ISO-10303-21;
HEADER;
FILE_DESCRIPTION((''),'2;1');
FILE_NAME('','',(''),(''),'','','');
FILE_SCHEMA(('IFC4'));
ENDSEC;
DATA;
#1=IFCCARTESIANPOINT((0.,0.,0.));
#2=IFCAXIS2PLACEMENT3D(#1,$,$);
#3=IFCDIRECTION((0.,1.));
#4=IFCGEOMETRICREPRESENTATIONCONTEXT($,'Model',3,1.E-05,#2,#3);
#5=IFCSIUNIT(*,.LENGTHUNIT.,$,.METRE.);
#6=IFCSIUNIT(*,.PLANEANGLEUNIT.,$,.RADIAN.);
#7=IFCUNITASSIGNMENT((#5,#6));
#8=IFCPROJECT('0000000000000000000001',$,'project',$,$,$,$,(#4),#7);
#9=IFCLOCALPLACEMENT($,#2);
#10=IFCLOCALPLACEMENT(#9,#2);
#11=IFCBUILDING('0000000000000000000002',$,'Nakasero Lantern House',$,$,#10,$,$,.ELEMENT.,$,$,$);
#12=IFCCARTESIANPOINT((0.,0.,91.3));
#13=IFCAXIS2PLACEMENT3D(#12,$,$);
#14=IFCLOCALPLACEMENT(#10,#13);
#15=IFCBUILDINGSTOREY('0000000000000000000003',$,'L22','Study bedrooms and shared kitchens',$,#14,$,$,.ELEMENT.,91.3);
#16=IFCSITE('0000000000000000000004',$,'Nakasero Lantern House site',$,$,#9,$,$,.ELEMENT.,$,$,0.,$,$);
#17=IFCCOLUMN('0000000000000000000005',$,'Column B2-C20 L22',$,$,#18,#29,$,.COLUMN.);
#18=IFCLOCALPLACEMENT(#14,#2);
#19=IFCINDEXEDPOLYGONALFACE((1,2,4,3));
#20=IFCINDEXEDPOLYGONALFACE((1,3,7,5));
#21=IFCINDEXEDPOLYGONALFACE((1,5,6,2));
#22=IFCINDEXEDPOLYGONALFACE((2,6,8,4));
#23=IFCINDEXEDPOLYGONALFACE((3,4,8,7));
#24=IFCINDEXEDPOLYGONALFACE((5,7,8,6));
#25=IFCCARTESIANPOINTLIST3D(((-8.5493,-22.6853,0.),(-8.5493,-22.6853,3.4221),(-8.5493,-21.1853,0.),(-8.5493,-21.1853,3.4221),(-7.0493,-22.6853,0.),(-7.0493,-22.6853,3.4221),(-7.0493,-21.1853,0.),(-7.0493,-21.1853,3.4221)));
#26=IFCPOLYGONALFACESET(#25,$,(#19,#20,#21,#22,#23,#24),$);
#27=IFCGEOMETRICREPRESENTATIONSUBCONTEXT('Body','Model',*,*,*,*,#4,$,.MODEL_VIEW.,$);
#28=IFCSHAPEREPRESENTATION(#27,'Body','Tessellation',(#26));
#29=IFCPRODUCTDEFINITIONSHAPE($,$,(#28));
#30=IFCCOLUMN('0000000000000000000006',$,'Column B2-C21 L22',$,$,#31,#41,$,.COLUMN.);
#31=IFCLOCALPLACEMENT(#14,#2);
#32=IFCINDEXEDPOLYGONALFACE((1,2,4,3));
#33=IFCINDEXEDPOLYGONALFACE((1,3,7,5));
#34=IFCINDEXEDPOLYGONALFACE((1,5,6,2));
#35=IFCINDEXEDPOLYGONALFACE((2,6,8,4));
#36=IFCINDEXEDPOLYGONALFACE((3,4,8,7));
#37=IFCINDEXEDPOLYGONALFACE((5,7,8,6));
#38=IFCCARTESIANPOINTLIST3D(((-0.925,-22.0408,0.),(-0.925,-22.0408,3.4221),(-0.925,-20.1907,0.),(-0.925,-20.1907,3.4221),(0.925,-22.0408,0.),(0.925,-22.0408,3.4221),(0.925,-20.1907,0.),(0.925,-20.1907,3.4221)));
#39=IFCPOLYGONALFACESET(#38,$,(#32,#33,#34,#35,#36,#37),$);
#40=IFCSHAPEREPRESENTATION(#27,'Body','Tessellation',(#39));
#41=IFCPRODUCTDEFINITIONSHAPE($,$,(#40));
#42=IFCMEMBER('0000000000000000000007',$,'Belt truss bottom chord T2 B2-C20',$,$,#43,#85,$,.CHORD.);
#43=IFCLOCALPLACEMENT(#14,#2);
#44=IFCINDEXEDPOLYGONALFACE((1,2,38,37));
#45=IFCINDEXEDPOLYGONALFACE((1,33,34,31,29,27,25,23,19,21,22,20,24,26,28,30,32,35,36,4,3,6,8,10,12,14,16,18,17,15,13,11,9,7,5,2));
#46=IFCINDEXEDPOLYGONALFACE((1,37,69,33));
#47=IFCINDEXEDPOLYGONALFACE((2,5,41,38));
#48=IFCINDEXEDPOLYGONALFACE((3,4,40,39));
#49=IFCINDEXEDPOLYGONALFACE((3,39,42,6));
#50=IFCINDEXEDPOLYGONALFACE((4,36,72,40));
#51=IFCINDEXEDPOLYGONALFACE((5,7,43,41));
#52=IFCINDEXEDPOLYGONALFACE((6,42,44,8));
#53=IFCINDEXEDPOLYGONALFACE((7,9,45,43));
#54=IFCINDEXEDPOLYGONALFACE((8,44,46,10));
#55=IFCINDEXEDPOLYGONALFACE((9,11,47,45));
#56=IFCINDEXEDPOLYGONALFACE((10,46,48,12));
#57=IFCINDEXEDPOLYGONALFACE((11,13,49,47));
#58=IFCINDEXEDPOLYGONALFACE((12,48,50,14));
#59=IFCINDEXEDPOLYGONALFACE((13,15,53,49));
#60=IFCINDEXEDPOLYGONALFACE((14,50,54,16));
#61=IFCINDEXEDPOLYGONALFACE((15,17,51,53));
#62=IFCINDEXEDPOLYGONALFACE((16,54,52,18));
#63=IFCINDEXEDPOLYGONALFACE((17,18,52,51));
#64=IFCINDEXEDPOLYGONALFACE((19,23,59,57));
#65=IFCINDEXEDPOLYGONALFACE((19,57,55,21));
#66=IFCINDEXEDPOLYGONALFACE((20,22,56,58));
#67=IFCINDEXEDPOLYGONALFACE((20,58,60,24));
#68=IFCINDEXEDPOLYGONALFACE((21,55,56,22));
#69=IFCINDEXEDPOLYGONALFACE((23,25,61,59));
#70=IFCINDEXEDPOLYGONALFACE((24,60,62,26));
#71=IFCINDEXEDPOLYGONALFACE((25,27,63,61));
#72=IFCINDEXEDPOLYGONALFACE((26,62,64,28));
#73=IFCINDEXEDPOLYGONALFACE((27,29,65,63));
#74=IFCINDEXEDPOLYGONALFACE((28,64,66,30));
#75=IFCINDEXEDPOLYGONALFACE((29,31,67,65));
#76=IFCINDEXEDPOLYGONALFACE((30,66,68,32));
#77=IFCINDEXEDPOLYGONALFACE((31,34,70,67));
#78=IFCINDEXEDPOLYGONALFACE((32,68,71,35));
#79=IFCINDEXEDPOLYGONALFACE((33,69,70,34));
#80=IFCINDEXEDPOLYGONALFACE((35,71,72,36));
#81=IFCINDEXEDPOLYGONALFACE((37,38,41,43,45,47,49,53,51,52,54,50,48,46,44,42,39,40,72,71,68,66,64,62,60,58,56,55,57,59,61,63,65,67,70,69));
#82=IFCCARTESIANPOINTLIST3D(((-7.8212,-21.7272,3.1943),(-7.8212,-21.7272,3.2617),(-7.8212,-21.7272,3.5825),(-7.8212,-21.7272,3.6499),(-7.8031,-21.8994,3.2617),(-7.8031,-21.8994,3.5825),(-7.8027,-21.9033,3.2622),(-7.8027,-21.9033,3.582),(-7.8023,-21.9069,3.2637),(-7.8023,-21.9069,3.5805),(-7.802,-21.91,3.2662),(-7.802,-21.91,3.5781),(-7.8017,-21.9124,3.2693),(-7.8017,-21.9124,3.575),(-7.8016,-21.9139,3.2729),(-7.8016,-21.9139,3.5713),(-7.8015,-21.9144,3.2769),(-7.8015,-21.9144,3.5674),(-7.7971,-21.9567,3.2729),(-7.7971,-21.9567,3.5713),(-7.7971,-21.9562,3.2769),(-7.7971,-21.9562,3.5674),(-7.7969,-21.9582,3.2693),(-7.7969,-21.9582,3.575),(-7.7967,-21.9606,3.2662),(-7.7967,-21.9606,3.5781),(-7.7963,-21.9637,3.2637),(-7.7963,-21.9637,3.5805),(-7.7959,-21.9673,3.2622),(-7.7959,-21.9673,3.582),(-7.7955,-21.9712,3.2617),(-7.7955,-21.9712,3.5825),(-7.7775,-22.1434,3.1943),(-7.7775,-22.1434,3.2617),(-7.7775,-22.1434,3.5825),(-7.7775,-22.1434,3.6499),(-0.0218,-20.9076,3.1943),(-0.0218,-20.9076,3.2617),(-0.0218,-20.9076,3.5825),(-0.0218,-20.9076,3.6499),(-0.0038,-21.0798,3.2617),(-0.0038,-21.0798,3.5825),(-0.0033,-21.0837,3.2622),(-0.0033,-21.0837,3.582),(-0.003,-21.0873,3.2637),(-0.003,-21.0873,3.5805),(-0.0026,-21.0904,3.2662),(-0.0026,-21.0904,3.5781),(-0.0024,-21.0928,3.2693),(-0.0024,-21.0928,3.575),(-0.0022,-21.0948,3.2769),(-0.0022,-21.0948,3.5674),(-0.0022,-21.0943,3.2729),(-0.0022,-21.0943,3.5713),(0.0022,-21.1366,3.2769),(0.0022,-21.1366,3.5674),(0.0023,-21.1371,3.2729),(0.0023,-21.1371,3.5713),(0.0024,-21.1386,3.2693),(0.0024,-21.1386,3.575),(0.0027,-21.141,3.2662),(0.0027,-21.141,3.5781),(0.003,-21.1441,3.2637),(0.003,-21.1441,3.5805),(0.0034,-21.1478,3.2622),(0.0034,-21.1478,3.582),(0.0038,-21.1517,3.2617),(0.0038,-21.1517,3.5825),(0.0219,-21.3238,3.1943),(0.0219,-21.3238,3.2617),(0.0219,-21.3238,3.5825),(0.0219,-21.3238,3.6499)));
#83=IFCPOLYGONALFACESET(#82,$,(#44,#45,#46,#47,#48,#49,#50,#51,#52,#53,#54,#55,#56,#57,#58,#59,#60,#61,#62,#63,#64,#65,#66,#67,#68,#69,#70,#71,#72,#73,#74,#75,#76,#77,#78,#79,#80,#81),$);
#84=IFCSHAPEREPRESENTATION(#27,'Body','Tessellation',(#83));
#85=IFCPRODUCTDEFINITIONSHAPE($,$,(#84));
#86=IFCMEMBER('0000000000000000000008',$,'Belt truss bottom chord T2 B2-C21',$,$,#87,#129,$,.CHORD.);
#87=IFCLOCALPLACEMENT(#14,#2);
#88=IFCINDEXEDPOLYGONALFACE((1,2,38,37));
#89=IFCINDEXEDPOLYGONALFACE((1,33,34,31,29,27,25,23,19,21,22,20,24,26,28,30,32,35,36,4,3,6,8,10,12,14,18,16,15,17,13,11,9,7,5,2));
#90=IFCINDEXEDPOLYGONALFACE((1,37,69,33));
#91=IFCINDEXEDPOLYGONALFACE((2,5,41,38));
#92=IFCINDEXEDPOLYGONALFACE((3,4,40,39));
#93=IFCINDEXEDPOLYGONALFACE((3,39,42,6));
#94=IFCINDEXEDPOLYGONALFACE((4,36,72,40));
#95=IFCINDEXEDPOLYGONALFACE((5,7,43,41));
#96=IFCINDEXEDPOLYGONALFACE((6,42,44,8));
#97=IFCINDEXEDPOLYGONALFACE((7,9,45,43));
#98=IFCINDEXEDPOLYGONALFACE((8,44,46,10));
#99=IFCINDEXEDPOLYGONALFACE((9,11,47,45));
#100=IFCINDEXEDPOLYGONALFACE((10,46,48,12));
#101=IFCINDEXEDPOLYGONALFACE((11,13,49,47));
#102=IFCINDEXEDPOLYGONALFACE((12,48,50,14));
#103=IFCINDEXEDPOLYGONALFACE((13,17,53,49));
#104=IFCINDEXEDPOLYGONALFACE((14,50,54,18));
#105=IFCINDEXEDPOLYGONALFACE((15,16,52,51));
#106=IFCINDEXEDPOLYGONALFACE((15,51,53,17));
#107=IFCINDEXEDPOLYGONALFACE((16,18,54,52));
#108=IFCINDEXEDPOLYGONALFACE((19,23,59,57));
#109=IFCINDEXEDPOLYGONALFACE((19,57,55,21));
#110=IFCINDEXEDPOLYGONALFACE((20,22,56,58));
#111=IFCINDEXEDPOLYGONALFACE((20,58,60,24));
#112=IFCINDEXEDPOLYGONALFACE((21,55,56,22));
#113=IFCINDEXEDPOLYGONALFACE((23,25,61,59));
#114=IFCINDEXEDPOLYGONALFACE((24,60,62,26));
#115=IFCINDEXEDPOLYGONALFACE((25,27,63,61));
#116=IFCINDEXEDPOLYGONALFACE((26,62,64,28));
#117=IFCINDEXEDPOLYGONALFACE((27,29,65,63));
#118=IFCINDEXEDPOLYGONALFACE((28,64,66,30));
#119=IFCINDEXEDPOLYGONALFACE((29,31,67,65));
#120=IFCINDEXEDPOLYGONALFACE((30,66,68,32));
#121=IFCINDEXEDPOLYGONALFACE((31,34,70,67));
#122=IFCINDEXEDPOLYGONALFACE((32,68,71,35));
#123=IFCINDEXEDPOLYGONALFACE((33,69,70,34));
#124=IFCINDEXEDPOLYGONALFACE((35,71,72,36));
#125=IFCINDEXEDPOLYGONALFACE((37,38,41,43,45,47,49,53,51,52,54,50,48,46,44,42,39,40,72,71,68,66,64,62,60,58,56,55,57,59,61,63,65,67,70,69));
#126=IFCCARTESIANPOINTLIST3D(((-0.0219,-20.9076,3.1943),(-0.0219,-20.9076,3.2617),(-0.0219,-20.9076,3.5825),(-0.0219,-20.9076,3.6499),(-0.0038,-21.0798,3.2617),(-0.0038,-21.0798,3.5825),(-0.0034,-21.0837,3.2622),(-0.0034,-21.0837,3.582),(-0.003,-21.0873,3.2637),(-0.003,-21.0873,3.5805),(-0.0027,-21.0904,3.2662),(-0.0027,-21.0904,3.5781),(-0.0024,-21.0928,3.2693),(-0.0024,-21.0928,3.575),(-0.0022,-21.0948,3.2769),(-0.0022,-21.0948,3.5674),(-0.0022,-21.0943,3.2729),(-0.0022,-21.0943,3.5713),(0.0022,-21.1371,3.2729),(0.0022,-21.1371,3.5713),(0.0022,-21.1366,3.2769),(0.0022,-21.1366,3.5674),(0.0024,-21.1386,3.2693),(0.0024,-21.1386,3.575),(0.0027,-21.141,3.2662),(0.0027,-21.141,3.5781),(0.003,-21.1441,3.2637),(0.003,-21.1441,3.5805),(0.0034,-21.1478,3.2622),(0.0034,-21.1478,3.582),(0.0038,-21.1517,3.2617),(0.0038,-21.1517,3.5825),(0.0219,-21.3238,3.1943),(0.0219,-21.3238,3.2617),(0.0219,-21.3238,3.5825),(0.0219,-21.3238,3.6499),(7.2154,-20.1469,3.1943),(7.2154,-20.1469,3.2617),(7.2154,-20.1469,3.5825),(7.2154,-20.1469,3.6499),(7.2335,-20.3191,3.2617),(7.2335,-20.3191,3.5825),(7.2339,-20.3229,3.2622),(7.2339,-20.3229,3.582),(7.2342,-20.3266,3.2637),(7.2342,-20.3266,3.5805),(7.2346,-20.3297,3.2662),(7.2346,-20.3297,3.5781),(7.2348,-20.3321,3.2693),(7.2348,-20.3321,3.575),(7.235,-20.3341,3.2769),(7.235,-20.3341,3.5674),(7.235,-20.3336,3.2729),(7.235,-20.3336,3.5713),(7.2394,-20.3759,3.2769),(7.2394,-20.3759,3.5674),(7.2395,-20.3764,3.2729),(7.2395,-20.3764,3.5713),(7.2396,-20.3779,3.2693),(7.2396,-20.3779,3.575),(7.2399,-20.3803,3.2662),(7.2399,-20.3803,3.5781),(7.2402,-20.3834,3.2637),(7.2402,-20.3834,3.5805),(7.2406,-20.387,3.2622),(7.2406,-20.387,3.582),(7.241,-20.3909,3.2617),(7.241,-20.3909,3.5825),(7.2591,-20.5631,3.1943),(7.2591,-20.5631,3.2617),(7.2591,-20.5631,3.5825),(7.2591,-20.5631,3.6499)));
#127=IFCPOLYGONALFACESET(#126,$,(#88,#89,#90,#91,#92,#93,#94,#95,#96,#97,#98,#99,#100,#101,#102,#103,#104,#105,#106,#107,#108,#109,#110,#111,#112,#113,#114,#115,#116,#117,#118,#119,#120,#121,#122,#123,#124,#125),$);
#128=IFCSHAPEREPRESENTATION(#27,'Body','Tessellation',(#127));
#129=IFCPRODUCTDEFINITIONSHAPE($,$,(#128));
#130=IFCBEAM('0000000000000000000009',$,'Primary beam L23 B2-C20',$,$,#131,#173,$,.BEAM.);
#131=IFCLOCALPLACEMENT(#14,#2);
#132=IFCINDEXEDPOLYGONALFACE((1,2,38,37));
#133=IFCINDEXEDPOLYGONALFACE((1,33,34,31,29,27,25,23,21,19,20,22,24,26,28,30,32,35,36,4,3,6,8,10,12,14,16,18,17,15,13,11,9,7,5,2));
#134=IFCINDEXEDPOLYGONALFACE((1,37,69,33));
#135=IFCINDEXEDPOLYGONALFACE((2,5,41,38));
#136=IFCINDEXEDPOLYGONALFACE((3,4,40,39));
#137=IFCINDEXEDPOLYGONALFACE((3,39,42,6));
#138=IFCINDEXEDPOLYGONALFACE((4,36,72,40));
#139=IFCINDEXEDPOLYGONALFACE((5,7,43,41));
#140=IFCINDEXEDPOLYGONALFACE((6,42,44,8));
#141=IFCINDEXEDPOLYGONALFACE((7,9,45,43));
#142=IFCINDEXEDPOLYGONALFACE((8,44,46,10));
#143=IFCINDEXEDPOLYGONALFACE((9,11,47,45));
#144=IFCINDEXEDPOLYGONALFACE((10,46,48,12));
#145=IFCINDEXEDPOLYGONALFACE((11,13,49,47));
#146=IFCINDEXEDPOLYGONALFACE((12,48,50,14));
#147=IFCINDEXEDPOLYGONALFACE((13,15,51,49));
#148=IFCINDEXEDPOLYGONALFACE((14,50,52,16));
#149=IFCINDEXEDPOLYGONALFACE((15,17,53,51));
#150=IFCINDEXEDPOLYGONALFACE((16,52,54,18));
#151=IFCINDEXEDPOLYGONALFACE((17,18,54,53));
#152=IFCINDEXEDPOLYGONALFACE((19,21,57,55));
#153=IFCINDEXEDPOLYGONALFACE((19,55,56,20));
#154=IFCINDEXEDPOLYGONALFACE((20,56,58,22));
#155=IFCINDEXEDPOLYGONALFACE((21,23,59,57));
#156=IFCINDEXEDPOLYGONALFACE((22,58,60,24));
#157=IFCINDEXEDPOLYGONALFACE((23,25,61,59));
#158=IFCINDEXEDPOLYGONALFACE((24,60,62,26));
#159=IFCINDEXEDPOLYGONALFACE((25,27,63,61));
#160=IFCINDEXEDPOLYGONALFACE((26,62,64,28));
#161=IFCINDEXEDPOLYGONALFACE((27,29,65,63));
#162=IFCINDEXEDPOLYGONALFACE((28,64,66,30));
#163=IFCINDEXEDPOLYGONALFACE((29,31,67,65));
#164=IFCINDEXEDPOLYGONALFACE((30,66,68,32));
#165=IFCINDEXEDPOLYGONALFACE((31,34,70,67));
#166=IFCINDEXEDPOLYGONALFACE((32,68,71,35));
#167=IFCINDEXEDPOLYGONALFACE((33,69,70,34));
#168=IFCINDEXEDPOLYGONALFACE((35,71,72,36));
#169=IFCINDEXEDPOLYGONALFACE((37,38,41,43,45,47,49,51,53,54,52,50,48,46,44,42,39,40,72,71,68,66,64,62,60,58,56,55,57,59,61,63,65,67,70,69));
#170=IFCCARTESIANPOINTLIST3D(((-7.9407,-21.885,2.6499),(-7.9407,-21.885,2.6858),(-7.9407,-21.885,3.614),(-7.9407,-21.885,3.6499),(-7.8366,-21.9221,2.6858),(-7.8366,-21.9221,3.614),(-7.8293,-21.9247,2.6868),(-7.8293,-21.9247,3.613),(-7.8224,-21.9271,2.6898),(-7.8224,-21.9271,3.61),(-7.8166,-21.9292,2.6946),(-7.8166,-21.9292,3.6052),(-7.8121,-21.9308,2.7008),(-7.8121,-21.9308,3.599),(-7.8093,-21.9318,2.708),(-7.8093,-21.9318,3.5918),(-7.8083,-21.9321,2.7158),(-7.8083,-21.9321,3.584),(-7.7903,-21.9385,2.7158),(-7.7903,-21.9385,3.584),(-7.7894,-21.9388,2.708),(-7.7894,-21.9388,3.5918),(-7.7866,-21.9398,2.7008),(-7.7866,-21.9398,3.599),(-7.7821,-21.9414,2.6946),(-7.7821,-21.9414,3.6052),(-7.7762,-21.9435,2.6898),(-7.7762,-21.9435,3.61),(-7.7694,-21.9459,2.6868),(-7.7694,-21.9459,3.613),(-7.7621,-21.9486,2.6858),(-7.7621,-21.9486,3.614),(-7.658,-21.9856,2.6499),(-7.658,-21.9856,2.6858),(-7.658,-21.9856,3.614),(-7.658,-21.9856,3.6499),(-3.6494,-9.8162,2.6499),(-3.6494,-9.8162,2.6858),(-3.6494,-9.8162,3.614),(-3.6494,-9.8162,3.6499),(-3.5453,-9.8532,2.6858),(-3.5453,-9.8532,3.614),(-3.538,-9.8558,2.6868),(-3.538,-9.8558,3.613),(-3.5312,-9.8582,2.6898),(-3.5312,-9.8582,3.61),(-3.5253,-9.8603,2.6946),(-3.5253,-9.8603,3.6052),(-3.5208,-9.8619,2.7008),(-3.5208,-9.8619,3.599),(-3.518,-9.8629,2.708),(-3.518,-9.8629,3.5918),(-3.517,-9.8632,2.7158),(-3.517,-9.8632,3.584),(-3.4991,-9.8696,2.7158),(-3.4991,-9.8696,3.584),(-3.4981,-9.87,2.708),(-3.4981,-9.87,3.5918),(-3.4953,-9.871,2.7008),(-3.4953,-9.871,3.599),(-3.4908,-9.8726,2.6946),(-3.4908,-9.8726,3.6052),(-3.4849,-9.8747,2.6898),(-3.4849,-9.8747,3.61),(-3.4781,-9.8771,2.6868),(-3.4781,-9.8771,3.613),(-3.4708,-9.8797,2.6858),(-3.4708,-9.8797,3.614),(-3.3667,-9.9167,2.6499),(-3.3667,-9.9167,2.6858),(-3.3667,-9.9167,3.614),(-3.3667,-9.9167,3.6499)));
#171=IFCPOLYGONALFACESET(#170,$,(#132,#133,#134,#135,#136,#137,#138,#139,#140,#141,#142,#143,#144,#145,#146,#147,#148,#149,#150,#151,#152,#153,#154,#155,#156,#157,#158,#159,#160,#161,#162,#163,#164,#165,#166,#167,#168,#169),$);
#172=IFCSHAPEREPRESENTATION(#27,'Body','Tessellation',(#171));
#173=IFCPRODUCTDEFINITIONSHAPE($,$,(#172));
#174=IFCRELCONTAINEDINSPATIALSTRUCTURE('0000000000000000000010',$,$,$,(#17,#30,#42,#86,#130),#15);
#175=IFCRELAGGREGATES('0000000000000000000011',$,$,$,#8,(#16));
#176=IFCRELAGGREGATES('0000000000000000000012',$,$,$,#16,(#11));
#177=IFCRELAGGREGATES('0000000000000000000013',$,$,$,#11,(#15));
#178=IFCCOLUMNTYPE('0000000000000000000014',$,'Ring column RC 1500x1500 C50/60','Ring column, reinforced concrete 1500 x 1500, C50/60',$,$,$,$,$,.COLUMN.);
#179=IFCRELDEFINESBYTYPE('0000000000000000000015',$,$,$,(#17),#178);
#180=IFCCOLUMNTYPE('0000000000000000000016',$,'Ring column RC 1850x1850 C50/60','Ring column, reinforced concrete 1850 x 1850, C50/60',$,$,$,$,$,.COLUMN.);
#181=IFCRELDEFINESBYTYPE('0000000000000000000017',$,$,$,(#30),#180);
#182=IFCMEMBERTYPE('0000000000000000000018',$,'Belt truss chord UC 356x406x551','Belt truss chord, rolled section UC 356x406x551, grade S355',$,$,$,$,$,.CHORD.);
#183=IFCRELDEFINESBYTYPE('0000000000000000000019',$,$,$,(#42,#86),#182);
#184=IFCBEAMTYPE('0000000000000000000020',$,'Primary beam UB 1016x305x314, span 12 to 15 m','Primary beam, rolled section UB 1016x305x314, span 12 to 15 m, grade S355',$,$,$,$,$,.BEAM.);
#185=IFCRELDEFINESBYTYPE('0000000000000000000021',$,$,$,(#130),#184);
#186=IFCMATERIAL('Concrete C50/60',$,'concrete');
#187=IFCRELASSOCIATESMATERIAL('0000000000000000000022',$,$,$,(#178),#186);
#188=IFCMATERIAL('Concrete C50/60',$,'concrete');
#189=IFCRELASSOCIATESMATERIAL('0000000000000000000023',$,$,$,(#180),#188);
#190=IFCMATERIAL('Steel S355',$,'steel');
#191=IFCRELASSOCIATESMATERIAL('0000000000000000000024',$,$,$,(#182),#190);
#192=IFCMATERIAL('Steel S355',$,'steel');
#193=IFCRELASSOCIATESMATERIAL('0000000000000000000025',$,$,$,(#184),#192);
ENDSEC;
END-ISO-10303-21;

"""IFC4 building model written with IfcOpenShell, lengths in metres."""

from ifc_helpers import new_model, si_unit, direction, frame, origin, origin_2d, place, context, subcontext, project, spatial, rectangle, i_section, extrude, material, material_profile, profile_set, type_object, element, save


model = new_model("IFC4")

# Units and contexts
model_context = context("Model", 3, precision=1e-05, world=origin(), true_north=direction((0.0, 1.0)))
body_context = subcontext(model_context, "Body", "Model", "MODEL_VIEW")
ifc_project = project(units=[si_unit("LENGTHUNIT", "METRE"), si_unit("PLANEANGLEUNIT", "RADIAN")], contexts=[model_context])

# Site, building, storey
site_placement = place(None, origin())
site = spatial("IfcSite", under=ifc_project, at=site_placement, Name="Nakasero Lantern House site", CompositionType="ELEMENT", RefElevation=0.0)
building_placement = place(site_placement, origin())
building = spatial("IfcBuilding", under=site, at=building_placement, Name="Nakasero Lantern House", CompositionType="ELEMENT")
storey_placement = place(building_placement, frame((0.0, 0.0, 91.3)))
storey = spatial("IfcBuildingStorey", under=building, at=storey_placement, Name="L22", Description="Study bedrooms and shared kitchens", CompositionType="ELEMENT", Elevation=91.3)

# Columns
ifc_material_1 = material(Name="Concrete C50/60", Category="concrete")
ifc_material_profile_1 = material_profile(ifc_material_1, rectangle(XDim=1.5, YDim=1.5, at=origin_2d()), Name="RC 1500x1500")
ifc_profile_set_1 = profile_set([ifc_material_profile_1], Name="Concrete C50/60")
column_type_1 = type_object("IfcColumnType", Name="Ring column RC 1500x1500 C50/60", Description="Ring column, reinforced concrete 1500 x 1500, C50/60", PredefinedType="COLUMN", material=ifc_profile_set_1)
column_1_placement = place(storey_placement, frame((-7.7993, -21.9353, 0.0), z_axis=(0.0, 0.0, 1.0), x_axis=(1.0, 0.0, 0.0)))
element("IfcColumn", 1, at=column_1_placement, inside=storey, type_object=column_type_1, Name="Column B2-C20 L22", PredefinedType="COLUMN", context=body_context, shape_type="SweptSolid", body=[
    extrude(rectangle(XDim=1.5, YDim=1.5, at=origin_2d()), origin(), (0.0, 0.0, 1.0), 3.4221),
])
ifc_material_2 = material(Name="Concrete C50/60", Category="concrete")
ifc_material_profile_2 = material_profile(ifc_material_2, rectangle(XDim=1.8501, YDim=1.8501, at=origin_2d()), Name="RC 1850x1850")
ifc_profile_set_2 = profile_set([ifc_material_profile_2], Name="Concrete C50/60")
column_type_2 = type_object("IfcColumnType", Name="Ring column RC 1850x1850 C50/60", Description="Ring column, reinforced concrete 1850 x 1850, C50/60", PredefinedType="COLUMN", material=ifc_profile_set_2)
column_2_placement = place(storey_placement, frame((0.0, -21.1157, 0.0), z_axis=(0.0, 0.0, 1.0), x_axis=(1.0, 0.0, 0.0)))
element("IfcColumn", 2, at=column_2_placement, inside=storey, type_object=column_type_2, Name="Column B2-C21 L22", PredefinedType="COLUMN", context=body_context, shape_type="SweptSolid", body=[
    extrude(rectangle(XDim=1.8501, YDim=1.8501, at=origin_2d()), origin(), (0.0, 0.0, 1.0), 3.4221),
])

# Members
ifc_material_3 = material(Name="Steel S355", Category="steel")
ifc_material_profile_3 = material_profile(ifc_material_3, i_section(OverallWidth=0.4185, OverallDepth=0.4556, WebThickness=0.042, FlangeThickness=0.0674, FilletRadius=0.0151, at=origin_2d()), Name="UC 356x406x551")
ifc_profile_set_3 = profile_set([ifc_material_profile_3], Name="Steel S355")
member_type = type_object("IfcMemberType", Name="Belt truss chord UC 356x406x551", Description="Belt truss chord, rolled section UC 356x406x551, grade S355", PredefinedType="CHORD", material=ifc_profile_set_3)
member_1_placement = place(storey_placement, frame((-7.7993, -21.9353, 3.4221), z_axis=(0.994524, 0.104508, 0.0), x_axis=(-0.104508, 0.994524, 0.0)))
element("IfcMember", 3, at=member_1_placement, inside=storey, type_object=member_type, Name="Belt truss bottom chord T2 B2-C20", PredefinedType="CHORD", context=body_context, shape_type="SweptSolid", body=[
    extrude(i_section(OverallWidth=0.4185, OverallDepth=0.4556, WebThickness=0.042, FlangeThickness=0.0674, FilletRadius=0.0151, at=origin_2d()), origin(), (0.0, 0.0, 1.0), 7.8423),
])
member_2_placement = place(storey_placement, frame((0.0, -21.1157, 3.4221), z_axis=(0.994521, 0.104538, 0.0), x_axis=(-0.104538, 0.994521, 0.0)))
element("IfcMember", 4, at=member_2_placement, inside=storey, type_object=member_type, Name="Belt truss bottom chord T2 B2-C21", PredefinedType="CHORD", context=body_context, shape_type="SweptSolid", body=[
    extrude(i_section(OverallWidth=0.4185, OverallDepth=0.4556, WebThickness=0.042, FlangeThickness=0.0674, FilletRadius=0.0151, at=origin_2d()), origin(), (0.0, 0.0, 1.0), 7.2771),
])

# Beam
ifc_material_4 = material(Name="Steel S355", Category="steel")
ifc_material_profile_4 = material_profile(ifc_material_4, i_section(OverallWidth=0.3, OverallDepth=1.0, WebThickness=0.019, FlangeThickness=0.0359, FilletRadius=0.03, at=origin_2d()), Name="UB 1016x305x314")
ifc_profile_set_4 = profile_set([ifc_material_profile_4], Name="Steel S355")
beam_type_1 = type_object("IfcBeamType", Name="Primary beam UB 1016x305x314, span 12 to 15 m", Description="Primary beam, rolled section UB 1016x305x314, span 12 to 15 m, grade S355", PredefinedType="BEAM", material=ifc_profile_set_4)
beam_1_placement = place(storey_placement, frame((-7.7993, -21.9353, 3.1499), z_axis=(0.335018, 0.942212, 0.0), x_axis=(-0.942212, 0.335018, 0.0)))
element("IfcBeam", 5, at=beam_1_placement, inside=storey, type_object=beam_type_1, Name="Primary beam L23 B2-C20", PredefinedType="BEAM", context=body_context, shape_type="SweptSolid", body=[
    extrude(i_section(OverallWidth=0.3, OverallDepth=1.0, WebThickness=0.019, FlangeThickness=0.0359, FilletRadius=0.03, at=origin_2d()), origin(), (0.0, 0.0, 1.0), 12.8091),
])

save(model, "model.ifc")
